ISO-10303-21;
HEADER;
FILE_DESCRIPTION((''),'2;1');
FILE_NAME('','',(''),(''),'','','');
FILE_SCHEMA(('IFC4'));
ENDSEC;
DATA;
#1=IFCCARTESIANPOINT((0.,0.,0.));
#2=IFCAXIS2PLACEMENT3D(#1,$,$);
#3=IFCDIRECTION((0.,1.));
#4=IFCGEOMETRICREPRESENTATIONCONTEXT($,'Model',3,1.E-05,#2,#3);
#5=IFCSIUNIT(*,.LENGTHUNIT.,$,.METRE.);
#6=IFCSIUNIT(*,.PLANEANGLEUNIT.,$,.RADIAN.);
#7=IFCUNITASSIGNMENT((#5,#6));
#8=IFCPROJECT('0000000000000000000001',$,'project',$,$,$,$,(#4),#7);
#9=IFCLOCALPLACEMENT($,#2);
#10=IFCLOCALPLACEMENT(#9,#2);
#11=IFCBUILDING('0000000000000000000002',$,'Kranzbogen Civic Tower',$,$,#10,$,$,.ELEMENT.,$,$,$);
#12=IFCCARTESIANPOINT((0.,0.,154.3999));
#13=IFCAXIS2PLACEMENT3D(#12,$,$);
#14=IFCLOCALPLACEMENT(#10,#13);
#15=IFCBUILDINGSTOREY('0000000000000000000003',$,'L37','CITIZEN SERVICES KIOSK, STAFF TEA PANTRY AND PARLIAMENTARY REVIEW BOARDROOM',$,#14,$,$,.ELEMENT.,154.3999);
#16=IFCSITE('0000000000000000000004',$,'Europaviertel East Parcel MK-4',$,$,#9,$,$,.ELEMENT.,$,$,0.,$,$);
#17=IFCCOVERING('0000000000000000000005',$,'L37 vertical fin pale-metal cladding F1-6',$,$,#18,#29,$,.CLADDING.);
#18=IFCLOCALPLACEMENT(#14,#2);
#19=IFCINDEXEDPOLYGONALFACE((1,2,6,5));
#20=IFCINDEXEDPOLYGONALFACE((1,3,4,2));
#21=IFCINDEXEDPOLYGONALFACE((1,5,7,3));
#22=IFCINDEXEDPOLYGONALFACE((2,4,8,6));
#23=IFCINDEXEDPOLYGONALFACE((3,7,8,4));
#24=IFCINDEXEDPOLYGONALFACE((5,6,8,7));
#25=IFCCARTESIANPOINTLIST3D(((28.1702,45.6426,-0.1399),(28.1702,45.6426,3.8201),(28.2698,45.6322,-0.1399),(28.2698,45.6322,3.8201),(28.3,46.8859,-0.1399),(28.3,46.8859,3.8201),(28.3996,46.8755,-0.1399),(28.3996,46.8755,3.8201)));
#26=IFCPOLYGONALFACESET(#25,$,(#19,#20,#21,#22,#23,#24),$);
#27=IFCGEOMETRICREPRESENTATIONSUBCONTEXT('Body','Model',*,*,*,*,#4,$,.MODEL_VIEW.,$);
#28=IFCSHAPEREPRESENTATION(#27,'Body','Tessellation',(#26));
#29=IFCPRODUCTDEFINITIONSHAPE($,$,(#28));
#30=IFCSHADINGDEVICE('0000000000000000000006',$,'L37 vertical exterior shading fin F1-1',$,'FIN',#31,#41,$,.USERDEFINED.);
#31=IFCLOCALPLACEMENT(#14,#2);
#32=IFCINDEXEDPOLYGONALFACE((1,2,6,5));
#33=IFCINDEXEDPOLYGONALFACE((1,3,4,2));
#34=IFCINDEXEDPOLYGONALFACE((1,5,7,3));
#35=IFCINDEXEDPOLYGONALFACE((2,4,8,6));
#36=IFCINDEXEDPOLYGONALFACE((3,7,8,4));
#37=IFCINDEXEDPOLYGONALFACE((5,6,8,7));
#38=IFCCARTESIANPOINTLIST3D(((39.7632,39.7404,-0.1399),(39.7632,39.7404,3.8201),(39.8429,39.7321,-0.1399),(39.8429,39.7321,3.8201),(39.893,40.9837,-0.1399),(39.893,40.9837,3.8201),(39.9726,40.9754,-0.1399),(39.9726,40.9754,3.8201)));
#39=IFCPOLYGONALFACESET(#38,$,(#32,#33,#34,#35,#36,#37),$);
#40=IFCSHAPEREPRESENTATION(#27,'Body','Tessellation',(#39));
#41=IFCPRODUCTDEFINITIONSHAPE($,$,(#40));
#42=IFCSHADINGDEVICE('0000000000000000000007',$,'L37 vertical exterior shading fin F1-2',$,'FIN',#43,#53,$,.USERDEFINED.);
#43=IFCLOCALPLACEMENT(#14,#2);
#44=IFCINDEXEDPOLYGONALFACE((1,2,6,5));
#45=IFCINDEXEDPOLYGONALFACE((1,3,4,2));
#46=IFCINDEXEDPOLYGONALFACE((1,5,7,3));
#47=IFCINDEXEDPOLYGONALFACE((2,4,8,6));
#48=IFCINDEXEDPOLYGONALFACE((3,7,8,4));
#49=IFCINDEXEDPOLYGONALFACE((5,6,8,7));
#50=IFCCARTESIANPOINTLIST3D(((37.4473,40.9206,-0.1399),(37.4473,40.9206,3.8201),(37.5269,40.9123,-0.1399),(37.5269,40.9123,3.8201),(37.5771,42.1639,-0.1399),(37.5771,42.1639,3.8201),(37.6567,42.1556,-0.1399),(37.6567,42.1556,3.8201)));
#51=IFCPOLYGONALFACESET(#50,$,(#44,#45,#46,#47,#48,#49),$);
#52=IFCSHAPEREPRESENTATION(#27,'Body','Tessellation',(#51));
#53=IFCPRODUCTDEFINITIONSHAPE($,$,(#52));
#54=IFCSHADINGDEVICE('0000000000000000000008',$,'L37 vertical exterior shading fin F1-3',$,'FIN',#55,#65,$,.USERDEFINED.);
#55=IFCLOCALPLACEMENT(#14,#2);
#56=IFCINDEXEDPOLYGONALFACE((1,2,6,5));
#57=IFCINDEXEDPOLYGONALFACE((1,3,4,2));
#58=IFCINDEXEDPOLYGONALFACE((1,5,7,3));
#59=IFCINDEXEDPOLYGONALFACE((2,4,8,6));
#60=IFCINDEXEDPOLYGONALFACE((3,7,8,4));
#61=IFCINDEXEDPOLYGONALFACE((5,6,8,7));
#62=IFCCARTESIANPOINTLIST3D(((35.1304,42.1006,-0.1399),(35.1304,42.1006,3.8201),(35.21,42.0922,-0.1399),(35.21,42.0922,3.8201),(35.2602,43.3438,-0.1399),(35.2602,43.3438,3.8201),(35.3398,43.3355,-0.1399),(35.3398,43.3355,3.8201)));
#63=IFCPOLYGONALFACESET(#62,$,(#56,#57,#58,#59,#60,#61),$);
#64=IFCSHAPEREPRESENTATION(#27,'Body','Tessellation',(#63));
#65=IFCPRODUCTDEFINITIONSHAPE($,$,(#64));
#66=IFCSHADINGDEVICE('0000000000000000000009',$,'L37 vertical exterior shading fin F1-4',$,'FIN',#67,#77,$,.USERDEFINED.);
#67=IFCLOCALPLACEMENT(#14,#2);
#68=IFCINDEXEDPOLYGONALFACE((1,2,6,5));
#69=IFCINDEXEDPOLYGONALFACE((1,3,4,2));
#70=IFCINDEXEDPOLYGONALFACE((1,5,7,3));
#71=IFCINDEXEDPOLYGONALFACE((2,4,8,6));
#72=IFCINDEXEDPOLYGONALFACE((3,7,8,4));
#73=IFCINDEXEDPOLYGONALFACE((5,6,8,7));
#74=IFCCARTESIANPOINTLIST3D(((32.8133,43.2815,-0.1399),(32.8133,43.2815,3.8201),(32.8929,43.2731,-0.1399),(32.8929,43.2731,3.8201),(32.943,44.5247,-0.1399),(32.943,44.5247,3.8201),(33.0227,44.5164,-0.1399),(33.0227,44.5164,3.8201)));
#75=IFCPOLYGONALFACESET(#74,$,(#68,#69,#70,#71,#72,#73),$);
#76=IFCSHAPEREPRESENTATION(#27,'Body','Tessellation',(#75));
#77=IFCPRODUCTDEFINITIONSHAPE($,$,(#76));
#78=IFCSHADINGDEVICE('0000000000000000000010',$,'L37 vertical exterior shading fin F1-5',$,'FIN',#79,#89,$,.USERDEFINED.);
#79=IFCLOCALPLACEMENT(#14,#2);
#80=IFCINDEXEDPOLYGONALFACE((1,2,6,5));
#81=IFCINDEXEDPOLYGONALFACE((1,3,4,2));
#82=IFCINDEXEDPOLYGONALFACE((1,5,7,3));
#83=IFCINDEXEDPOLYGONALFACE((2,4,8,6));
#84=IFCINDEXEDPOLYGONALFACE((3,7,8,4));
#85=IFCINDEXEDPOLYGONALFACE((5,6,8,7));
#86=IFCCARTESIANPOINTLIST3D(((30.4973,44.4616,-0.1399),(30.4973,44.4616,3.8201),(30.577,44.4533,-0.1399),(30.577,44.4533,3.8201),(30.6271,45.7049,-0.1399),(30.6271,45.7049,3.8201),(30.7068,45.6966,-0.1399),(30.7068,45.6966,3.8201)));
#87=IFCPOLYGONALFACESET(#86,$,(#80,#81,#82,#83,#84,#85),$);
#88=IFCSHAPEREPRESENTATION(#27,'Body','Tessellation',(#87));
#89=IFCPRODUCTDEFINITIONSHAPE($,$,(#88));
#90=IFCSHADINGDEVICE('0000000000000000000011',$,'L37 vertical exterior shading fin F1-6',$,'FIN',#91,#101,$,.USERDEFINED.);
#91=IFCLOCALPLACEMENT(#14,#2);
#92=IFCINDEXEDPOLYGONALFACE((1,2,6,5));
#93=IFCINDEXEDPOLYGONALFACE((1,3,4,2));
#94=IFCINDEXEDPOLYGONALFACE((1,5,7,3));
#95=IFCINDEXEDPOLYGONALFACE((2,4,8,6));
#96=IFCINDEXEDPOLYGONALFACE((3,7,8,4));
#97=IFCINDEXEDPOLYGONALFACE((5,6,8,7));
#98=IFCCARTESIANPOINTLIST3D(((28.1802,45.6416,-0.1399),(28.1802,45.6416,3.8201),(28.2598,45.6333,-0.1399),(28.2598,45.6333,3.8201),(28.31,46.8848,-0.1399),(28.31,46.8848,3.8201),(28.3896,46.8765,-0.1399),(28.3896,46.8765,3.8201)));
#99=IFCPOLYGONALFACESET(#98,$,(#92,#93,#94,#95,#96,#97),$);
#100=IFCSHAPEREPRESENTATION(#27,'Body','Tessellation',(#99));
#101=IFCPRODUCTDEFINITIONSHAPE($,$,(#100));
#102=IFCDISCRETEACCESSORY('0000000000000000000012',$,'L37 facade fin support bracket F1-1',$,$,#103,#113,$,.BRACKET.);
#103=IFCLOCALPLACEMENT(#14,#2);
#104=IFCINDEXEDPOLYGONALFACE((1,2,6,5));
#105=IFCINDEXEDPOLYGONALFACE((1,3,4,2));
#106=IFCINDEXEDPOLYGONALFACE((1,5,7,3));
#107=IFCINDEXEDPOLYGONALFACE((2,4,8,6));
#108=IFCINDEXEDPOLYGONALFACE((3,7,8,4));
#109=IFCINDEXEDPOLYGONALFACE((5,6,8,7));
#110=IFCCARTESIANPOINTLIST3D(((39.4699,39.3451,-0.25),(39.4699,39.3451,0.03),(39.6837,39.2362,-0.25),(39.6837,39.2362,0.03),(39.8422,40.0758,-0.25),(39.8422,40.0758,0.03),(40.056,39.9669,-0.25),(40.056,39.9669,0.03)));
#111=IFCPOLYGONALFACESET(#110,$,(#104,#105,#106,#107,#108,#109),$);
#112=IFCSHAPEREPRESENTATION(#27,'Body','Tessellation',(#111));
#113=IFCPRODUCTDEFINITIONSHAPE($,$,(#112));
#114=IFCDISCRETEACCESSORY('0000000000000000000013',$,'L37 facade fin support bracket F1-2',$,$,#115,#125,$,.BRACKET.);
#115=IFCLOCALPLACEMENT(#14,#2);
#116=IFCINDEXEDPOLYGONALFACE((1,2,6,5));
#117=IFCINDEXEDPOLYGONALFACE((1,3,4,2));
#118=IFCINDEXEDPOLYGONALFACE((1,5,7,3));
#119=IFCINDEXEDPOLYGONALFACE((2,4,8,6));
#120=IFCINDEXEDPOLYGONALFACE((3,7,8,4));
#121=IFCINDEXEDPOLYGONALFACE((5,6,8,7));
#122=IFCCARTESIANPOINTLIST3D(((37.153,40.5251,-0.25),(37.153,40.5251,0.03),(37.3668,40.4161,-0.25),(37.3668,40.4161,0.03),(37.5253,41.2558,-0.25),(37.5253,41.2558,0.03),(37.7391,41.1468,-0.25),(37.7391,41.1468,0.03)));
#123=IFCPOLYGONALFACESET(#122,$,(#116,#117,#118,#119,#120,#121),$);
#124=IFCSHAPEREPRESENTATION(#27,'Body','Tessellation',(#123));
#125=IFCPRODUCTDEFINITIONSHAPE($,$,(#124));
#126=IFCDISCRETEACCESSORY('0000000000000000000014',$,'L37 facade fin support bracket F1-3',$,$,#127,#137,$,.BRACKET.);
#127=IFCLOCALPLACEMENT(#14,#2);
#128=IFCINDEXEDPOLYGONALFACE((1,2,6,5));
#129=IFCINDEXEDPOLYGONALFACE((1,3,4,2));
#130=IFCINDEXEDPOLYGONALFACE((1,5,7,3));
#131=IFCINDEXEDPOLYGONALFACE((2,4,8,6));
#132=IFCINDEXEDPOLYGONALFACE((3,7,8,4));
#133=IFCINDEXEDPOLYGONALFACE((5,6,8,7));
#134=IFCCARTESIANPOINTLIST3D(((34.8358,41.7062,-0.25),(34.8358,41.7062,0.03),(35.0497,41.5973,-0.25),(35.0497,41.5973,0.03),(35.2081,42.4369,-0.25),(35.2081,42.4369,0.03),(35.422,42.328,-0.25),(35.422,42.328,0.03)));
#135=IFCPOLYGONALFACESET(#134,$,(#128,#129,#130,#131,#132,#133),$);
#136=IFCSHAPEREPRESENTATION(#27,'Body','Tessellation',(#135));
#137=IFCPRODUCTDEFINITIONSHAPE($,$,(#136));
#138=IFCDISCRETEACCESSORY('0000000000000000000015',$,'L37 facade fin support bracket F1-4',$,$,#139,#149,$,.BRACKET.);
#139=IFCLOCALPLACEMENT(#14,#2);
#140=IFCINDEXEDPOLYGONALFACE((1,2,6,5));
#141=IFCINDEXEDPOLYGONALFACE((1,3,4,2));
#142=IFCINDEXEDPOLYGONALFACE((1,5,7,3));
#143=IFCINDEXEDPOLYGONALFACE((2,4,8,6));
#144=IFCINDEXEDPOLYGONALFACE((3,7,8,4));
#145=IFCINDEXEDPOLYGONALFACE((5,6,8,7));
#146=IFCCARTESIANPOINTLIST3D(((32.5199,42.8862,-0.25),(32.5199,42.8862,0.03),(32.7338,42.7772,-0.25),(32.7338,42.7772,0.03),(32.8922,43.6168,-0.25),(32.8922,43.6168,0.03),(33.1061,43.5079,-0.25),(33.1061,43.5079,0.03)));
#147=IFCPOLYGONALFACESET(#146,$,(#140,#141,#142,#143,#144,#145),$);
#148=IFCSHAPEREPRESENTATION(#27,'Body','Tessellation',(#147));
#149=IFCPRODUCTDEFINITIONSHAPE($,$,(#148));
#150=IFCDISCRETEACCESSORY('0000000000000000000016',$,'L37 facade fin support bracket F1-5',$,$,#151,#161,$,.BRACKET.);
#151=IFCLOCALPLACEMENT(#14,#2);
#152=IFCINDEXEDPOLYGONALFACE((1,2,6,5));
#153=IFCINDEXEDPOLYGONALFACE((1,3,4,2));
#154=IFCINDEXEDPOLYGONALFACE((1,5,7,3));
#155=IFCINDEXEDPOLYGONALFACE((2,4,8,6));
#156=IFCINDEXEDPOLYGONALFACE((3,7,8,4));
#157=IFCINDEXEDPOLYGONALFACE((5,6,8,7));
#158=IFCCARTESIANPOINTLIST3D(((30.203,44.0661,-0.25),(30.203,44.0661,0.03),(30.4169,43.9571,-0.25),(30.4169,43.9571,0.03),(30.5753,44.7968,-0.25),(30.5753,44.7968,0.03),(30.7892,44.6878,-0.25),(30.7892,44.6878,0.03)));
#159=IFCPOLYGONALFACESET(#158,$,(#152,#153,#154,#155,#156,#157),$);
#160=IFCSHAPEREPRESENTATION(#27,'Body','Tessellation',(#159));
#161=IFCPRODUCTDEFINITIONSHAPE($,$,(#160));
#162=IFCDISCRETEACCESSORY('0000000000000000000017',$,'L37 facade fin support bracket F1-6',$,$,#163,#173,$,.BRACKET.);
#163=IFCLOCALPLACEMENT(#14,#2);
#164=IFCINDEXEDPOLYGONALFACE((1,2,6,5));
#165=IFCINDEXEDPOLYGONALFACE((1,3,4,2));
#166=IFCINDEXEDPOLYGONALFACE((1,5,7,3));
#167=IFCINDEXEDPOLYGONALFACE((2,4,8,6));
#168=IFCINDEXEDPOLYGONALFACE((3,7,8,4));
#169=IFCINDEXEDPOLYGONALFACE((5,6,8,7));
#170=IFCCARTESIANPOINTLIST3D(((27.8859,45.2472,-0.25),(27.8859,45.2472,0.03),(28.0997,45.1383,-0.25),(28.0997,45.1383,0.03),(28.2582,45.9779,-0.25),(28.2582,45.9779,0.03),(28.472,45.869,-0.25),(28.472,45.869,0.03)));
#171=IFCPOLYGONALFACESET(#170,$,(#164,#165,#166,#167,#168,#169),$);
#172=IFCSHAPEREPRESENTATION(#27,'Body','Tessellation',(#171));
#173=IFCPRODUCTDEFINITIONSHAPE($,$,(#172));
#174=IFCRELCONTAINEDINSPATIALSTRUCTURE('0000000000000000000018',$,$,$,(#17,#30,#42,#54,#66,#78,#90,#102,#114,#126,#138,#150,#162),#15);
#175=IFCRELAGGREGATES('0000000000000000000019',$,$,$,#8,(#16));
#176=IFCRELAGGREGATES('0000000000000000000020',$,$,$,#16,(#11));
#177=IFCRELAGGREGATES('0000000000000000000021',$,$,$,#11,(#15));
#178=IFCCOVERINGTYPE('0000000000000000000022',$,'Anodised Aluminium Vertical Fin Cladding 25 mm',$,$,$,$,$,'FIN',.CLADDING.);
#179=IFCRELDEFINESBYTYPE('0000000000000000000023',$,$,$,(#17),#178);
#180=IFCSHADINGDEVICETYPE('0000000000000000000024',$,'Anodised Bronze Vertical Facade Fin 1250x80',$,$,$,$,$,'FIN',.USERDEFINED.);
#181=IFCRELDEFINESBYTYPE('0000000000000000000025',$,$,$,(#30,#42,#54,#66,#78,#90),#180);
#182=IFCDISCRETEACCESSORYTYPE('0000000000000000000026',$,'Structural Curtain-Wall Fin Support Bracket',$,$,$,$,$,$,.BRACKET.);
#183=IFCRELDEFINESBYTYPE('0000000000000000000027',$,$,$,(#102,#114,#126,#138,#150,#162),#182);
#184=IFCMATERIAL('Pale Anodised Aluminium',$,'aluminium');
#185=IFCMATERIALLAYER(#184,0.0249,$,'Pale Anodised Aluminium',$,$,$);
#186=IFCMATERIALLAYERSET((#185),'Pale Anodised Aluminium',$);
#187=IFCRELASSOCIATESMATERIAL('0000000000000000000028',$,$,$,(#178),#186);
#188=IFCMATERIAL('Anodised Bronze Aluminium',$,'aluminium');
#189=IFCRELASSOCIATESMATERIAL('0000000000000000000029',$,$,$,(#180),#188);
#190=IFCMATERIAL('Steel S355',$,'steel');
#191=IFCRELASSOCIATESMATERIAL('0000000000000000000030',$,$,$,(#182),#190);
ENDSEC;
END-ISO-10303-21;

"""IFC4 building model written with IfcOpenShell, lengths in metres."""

from ifc_helpers import new_model, si_unit, direction, frame, origin, origin_2d, place, context, subcontext, project, spatial, rectangle, extrude, material, layer, layer_set, type_object, element, save


model = new_model("IFC4")

# Units and contexts
model_context = context("Model", 3, precision=1e-05, world=origin(), true_north=direction((0.0, 1.0)))
body_context = subcontext(model_context, "Body", "Model", "MODEL_VIEW")
ifc_project = project(units=[si_unit("LENGTHUNIT", "METRE"), si_unit("PLANEANGLEUNIT", "RADIAN")], contexts=[model_context])

# Site, building, storey
site_placement = place(None, origin())
site = spatial("IfcSite", under=ifc_project, at=site_placement, Name="Europaviertel East Parcel MK-4", CompositionType="ELEMENT", RefElevation=0.0)
building_placement = place(site_placement, origin())
building = spatial("IfcBuilding", under=site, at=building_placement, Name="Kranzbogen Civic Tower", CompositionType="ELEMENT")
storey_placement = place(building_placement, frame((0.0, 0.0, 154.3999)))
storey = spatial("IfcBuildingStorey", under=building, at=storey_placement, Name="L37", Description="CITIZEN SERVICES KIOSK, STAFF TEA PANTRY AND PARLIAMENTARY REVIEW BOARDROOM", CompositionType="ELEMENT", Elevation=154.3999)

# Shared definitions
ifc_material_1 = material(Name="Steel S355", Category="steel")

# Shared definitions
ifc_material_2 = material(Name="Pale Anodised Aluminium", Category="aluminium")

# Covering
ifc_layer_1 = layer(ifc_material_2, 0.0249, Name="Pale Anodised Aluminium")
ifc_layer_set_1 = layer_set([ifc_layer_1], Name="Pale Anodised Aluminium")
covering_type = type_object("IfcCoveringType", Name="Anodised Aluminium Vertical Fin Cladding 25 mm", ElementType="FIN", PredefinedType="CLADDING", material=ifc_layer_set_1)
for number, where, z_axis, x_axis, name in (
    (1, (28.2849, 46.259, -0.1399), (0.0, 0.0, 1.0), (0.103817, 0.994596, 0.0), "L37 vertical fin pale-metal cladding F1-6"),
):
    element("IfcCovering", number, at=place(storey_placement, frame(where, z_axis=z_axis, x_axis=x_axis)), inside=storey, type_object=covering_type, Name=name, PredefinedType="CLADDING", context=body_context, shape_type="SweptSolid", body=[
        extrude(rectangle(XDim=1.25, YDim=0.1001, at=origin_2d()), origin(), (0.0, 0.0, 1.0), 3.96),
    ])

# Shading devices
ifc_material_3 = material(Name="Anodised Bronze Aluminium", Category="aluminium")
shading_device_type = type_object("IfcShadingDeviceType", Name="Anodised Bronze Vertical Facade Fin 1250x80", ElementType="FIN", PredefinedType="USERDEFINED", material=ifc_material_3)
for number, where, z_axis, x_axis, name in (
    (2, (39.8679, 40.3579, -0.1399), (0.0, 0.0, 1.0), (0.103817, 0.994596, 0.0), "L37 vertical exterior shading fin F1-1"),
    (3, (37.552, 41.5381, -0.1399), (0.0, 0.0, 1.0), (0.103817, 0.994596, 0.0), "L37 vertical exterior shading fin F1-2"),
    (4, (35.2351, 42.718, -0.1399), (0.0, 0.0, 1.0), (0.103817, 0.994596, 0.0), "L37 vertical exterior shading fin F1-3"),
    (5, (32.918, 43.8989, -0.1399), (0.0, 0.0, 1.0), (0.103817, 0.994596, 0.0), "L37 vertical exterior shading fin F1-4"),
    (6, (30.6021, 45.0791, -0.1399), (0.0, 0.0, 1.0), (0.103817, 0.994596, 0.0), "L37 vertical exterior shading fin F1-5"),
    (7, (28.2849, 46.259, -0.1399), (0.0, 0.0, 1.0), (0.103817, 0.994596, 0.0), "L37 vertical exterior shading fin F1-6"),
):
    element("IfcShadingDevice", number, at=place(storey_placement, frame(where, z_axis=z_axis, x_axis=x_axis)), inside=storey, type_object=shading_device_type, Name=name, ObjectType="FIN", PredefinedType="USERDEFINED", context=body_context, shape_type="SweptSolid", body=[
        extrude(rectangle(XDim=1.25, YDim=0.0801, at=origin_2d()), origin(), (0.0, 0.0, 1.0), 3.96),
    ])

# Discrete accessories
discrete_accessory_type = type_object("IfcDiscreteAccessoryType", Name="Structural Curtain-Wall Fin Support Bracket", PredefinedType="BRACKET", material=ifc_material_1)
for number, where, z_axis, x_axis, name in (
    (8, (39.7629, 39.656, -0.25), (0.0, 0.0, 1.0), (0.45399, 0.891007, 0.0), "L37 facade fin support bracket F1-1"),
    (9, (37.446, 40.8359, -0.25), (0.0, 0.0, 1.0), (0.45399, 0.891007, 0.0), "L37 facade fin support bracket F1-2"),
    (10, (35.1289, 42.0171, -0.25), (0.0, 0.0, 1.0), (0.45399, 0.891007, 0.0), "L37 facade fin support bracket F1-3"),
    (11, (32.813, 43.197, -0.25), (0.0, 0.0, 1.0), (0.45399, 0.891007, 0.0), "L37 facade fin support bracket F1-4"),
    (12, (30.4961, 44.377, -0.25), (0.0, 0.0, 1.0), (0.45399, 0.891007, 0.0), "L37 facade fin support bracket F1-5"),
    (13, (28.179, 45.5581, -0.25), (0.0, 0.0, 1.0), (0.45399, 0.891007, 0.0), "L37 facade fin support bracket F1-6"),
):
    element("IfcDiscreteAccessory", number, at=place(storey_placement, frame(where, z_axis=z_axis, x_axis=x_axis)), inside=storey, type_object=discrete_accessory_type, Name=name, PredefinedType="BRACKET", context=body_context, shape_type="SweptSolid", body=[
        extrude(rectangle(XDim=0.8201, YDim=0.24, at=origin_2d()), origin(), (0.0, 0.0, 1.0), 0.28),
    ])

save(model, "model.ifc")
